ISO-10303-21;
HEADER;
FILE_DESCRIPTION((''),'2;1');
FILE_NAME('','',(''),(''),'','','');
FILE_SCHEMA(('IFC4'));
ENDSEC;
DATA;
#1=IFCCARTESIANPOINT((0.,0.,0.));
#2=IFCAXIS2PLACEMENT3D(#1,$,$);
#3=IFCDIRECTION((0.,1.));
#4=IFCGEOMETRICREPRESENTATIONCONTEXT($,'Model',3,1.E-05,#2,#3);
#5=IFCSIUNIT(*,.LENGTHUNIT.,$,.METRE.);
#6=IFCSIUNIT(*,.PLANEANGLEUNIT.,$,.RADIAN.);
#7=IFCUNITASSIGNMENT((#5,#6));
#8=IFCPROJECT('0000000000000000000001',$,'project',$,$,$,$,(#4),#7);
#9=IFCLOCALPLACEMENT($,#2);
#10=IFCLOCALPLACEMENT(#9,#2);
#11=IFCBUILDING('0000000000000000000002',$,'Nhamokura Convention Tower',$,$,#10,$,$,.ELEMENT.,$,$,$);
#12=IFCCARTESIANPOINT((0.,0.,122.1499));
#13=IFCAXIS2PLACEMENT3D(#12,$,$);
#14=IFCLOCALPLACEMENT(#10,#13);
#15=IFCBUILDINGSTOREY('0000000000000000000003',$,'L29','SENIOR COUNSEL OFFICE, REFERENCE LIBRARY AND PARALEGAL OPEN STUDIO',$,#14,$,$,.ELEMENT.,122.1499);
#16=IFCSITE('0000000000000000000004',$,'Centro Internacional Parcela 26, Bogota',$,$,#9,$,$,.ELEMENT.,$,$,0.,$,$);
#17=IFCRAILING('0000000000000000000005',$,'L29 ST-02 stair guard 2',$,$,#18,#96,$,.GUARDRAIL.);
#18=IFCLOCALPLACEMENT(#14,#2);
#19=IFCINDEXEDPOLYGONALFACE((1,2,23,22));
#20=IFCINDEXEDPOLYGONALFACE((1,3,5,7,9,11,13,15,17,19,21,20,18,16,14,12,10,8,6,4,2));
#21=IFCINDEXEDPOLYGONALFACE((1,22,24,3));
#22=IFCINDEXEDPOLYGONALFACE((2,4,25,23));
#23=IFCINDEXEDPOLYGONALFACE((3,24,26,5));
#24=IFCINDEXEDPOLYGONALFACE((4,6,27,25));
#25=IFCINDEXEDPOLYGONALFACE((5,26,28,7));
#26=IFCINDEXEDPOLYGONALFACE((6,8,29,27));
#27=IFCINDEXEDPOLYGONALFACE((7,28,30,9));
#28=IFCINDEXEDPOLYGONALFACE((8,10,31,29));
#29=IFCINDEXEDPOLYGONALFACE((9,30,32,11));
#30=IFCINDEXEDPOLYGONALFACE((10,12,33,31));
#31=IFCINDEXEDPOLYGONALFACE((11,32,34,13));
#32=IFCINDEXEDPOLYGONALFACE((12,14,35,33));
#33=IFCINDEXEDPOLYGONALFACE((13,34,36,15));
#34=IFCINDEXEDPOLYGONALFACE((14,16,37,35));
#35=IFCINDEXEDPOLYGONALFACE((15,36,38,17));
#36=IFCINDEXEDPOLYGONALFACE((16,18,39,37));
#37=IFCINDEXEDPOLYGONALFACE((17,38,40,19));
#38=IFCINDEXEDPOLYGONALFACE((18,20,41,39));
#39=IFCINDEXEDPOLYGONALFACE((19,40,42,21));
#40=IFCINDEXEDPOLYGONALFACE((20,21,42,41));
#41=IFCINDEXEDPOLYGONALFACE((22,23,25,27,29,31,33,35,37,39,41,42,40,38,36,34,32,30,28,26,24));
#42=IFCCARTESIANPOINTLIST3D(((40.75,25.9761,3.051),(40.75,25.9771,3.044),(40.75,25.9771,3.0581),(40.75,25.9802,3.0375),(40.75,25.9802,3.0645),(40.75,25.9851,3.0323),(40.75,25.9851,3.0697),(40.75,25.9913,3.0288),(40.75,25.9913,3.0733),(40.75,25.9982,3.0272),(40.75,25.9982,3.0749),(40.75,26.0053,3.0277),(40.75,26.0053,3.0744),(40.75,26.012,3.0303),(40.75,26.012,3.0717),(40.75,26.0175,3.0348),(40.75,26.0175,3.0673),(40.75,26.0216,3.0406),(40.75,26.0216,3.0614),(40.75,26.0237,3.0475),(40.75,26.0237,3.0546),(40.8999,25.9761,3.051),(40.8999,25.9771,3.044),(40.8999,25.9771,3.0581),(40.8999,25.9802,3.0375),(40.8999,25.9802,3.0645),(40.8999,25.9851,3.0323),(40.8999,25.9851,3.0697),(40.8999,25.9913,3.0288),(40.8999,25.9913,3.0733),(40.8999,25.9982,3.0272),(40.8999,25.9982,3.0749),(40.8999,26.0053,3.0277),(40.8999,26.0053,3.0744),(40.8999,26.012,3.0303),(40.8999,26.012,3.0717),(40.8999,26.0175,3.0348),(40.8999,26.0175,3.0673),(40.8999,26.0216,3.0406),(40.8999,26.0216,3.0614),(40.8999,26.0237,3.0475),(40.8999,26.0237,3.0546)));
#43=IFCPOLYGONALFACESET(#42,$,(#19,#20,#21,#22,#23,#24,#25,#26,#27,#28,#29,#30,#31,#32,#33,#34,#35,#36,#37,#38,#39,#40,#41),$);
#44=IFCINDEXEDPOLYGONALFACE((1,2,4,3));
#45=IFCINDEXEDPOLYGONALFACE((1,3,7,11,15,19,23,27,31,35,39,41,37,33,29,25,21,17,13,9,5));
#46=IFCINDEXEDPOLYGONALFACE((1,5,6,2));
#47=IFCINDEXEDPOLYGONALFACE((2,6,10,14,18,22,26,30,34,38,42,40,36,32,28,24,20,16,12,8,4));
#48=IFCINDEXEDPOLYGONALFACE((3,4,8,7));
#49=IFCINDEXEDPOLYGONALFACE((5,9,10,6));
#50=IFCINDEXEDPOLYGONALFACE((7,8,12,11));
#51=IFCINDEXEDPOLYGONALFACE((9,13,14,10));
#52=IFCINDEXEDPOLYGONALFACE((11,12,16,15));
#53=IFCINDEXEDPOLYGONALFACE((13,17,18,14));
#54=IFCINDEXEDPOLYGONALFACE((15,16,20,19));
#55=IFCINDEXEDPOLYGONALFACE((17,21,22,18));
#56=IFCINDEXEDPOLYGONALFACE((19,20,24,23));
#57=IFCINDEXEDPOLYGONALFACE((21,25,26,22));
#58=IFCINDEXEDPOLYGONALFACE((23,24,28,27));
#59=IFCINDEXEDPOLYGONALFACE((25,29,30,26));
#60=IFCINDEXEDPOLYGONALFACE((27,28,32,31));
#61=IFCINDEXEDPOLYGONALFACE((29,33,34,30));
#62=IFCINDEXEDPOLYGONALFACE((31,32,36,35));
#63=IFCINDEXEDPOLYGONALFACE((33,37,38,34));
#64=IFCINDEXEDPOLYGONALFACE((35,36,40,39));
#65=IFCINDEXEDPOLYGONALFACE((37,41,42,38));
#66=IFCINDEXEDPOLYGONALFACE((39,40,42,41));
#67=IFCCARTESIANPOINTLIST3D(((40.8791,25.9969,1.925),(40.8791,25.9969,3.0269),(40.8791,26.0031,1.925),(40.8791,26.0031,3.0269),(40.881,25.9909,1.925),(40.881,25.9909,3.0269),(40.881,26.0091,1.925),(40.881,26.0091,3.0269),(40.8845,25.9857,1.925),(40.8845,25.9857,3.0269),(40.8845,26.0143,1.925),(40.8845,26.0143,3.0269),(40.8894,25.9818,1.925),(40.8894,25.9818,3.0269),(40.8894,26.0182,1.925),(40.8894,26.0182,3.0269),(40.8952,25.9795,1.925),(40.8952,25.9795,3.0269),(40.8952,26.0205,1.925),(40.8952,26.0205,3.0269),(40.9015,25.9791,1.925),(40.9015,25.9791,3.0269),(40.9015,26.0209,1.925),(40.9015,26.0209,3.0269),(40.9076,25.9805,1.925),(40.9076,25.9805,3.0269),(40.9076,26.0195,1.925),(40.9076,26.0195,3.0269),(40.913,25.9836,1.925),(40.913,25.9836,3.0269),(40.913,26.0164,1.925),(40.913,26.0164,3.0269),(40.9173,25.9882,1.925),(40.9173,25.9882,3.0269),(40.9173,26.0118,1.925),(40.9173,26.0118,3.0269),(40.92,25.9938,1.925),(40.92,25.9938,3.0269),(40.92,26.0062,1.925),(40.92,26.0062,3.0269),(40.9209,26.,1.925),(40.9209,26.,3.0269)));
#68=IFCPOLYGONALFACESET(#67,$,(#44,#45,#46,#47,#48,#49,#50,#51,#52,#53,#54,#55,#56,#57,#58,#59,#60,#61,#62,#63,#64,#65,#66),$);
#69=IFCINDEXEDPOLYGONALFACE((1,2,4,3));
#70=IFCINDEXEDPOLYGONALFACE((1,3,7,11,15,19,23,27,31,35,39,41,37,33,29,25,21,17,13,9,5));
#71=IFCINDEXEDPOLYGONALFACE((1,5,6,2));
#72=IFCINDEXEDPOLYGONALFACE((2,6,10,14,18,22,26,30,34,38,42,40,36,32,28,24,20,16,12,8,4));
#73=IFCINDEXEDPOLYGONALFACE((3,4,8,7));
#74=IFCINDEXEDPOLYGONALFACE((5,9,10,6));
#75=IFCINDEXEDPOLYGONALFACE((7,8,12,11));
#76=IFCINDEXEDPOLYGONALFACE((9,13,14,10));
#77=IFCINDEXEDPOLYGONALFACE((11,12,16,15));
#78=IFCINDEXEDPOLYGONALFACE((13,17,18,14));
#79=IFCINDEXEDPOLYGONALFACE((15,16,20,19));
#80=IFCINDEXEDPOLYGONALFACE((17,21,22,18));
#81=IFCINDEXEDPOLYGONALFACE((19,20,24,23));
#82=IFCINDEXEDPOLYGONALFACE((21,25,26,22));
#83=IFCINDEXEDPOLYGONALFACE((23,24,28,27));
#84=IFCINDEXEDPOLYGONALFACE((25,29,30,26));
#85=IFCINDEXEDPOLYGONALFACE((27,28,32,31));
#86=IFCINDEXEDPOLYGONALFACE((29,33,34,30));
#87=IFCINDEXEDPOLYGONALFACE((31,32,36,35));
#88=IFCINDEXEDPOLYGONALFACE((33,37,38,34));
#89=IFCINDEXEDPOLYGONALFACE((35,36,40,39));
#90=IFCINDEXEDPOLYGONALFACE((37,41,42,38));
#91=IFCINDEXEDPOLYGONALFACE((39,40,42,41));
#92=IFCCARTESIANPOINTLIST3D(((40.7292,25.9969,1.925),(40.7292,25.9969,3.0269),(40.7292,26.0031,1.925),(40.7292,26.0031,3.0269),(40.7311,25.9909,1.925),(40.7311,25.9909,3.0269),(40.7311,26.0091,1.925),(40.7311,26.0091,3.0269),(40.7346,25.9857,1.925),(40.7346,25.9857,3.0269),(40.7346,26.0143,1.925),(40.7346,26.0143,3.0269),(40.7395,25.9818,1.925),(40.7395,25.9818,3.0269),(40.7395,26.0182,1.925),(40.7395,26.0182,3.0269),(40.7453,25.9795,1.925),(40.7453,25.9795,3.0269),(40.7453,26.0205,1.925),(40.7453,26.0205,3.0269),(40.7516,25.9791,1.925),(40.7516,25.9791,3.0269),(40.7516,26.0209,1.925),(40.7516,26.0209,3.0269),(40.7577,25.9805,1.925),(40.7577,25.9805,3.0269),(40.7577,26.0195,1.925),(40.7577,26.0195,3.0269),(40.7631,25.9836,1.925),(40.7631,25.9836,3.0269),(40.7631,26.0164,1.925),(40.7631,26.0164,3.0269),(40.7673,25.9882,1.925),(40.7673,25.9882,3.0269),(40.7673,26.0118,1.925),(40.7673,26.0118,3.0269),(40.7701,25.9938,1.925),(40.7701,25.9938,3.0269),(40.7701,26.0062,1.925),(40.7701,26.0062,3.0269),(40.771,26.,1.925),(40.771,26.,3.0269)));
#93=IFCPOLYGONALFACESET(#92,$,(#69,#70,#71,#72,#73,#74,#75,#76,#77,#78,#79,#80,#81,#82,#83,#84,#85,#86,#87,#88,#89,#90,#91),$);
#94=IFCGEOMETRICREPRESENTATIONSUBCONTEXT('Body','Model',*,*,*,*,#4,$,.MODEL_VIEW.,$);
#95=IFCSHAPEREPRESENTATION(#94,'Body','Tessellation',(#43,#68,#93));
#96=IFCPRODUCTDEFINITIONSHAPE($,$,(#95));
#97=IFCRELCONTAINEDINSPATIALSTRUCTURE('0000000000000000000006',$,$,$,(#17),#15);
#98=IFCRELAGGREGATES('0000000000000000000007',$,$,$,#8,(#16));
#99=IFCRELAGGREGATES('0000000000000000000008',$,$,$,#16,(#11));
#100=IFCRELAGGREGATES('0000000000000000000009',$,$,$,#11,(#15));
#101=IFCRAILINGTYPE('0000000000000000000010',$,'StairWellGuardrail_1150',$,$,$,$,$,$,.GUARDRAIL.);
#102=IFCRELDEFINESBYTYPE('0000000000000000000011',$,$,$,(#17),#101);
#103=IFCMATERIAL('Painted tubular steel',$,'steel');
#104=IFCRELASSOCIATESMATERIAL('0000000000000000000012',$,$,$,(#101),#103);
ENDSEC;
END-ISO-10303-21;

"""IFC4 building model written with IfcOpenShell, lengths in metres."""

from ifc_helpers import new_model, si_unit, direction, frame, origin, origin_2d, place, context, subcontext, project, spatial, circle, extrude, material, type_object, element, save


model = new_model("IFC4")

# Units and contexts
model_context = context("Model", 3, precision=1e-05, world=origin(), true_north=direction((0.0, 1.0)))
body_context = subcontext(model_context, "Body", "Model", "MODEL_VIEW")
ifc_project = project(units=[si_unit("LENGTHUNIT", "METRE"), si_unit("PLANEANGLEUNIT", "RADIAN")], contexts=[model_context])

# Site, building, storey
site_placement = place(None, origin())
site = spatial("IfcSite", under=ifc_project, at=site_placement, Name="Centro Internacional Parcela 26, Bogota", CompositionType="ELEMENT", RefElevation=0.0)
building_placement = place(site_placement, origin())
building = spatial("IfcBuilding", under=site, at=building_placement, Name="Nhamokura Convention Tower", CompositionType="ELEMENT")
storey_placement = place(building_placement, frame((0.0, 0.0, 122.1499)))
storey = spatial("IfcBuildingStorey", under=building, at=storey_placement, Name="L29", Description="SENIOR COUNSEL OFFICE, REFERENCE LIBRARY AND PARALEGAL OPEN STUDIO", CompositionType="ELEMENT", Elevation=122.1499)

# Railing
ifc_material_1 = material(Name="Painted tubular steel", Category="steel")
railing_type_1 = type_object("IfcRailingType", Name="StairWellGuardrail_1150", PredefinedType="GUARDRAIL", material=ifc_material_1)
railing_1_placement = place(storey_placement, frame((40.8999, 26.0, 1.925)))
element("IfcRailing", 1, at=railing_1_placement, inside=storey, type_object=railing_type_1, Name="L29 ST-02 stair guard 2", PredefinedType="GUARDRAIL", context=body_context, shape_type="SweptSolid", body=[
    extrude(circle(Radius=0.0239, at=origin_2d()), frame((0.0, 0.0, 1.126), z_axis=(-1.0, 0.0, 0.0), x_axis=(0.0, -1.0, 0.0)), (0.0, 0.0, 1.0), 0.1499),
    extrude(circle(Radius=0.021, at=origin_2d()), origin(), (0.0, 0.0, 1.0), 1.1018),
    extrude(circle(Radius=0.021, at=origin_2d()), frame((-0.1499, 0.0, 0.0)), (0.0, 0.0, 1.0), 1.1018),
])

save(model, "model.ifc")
